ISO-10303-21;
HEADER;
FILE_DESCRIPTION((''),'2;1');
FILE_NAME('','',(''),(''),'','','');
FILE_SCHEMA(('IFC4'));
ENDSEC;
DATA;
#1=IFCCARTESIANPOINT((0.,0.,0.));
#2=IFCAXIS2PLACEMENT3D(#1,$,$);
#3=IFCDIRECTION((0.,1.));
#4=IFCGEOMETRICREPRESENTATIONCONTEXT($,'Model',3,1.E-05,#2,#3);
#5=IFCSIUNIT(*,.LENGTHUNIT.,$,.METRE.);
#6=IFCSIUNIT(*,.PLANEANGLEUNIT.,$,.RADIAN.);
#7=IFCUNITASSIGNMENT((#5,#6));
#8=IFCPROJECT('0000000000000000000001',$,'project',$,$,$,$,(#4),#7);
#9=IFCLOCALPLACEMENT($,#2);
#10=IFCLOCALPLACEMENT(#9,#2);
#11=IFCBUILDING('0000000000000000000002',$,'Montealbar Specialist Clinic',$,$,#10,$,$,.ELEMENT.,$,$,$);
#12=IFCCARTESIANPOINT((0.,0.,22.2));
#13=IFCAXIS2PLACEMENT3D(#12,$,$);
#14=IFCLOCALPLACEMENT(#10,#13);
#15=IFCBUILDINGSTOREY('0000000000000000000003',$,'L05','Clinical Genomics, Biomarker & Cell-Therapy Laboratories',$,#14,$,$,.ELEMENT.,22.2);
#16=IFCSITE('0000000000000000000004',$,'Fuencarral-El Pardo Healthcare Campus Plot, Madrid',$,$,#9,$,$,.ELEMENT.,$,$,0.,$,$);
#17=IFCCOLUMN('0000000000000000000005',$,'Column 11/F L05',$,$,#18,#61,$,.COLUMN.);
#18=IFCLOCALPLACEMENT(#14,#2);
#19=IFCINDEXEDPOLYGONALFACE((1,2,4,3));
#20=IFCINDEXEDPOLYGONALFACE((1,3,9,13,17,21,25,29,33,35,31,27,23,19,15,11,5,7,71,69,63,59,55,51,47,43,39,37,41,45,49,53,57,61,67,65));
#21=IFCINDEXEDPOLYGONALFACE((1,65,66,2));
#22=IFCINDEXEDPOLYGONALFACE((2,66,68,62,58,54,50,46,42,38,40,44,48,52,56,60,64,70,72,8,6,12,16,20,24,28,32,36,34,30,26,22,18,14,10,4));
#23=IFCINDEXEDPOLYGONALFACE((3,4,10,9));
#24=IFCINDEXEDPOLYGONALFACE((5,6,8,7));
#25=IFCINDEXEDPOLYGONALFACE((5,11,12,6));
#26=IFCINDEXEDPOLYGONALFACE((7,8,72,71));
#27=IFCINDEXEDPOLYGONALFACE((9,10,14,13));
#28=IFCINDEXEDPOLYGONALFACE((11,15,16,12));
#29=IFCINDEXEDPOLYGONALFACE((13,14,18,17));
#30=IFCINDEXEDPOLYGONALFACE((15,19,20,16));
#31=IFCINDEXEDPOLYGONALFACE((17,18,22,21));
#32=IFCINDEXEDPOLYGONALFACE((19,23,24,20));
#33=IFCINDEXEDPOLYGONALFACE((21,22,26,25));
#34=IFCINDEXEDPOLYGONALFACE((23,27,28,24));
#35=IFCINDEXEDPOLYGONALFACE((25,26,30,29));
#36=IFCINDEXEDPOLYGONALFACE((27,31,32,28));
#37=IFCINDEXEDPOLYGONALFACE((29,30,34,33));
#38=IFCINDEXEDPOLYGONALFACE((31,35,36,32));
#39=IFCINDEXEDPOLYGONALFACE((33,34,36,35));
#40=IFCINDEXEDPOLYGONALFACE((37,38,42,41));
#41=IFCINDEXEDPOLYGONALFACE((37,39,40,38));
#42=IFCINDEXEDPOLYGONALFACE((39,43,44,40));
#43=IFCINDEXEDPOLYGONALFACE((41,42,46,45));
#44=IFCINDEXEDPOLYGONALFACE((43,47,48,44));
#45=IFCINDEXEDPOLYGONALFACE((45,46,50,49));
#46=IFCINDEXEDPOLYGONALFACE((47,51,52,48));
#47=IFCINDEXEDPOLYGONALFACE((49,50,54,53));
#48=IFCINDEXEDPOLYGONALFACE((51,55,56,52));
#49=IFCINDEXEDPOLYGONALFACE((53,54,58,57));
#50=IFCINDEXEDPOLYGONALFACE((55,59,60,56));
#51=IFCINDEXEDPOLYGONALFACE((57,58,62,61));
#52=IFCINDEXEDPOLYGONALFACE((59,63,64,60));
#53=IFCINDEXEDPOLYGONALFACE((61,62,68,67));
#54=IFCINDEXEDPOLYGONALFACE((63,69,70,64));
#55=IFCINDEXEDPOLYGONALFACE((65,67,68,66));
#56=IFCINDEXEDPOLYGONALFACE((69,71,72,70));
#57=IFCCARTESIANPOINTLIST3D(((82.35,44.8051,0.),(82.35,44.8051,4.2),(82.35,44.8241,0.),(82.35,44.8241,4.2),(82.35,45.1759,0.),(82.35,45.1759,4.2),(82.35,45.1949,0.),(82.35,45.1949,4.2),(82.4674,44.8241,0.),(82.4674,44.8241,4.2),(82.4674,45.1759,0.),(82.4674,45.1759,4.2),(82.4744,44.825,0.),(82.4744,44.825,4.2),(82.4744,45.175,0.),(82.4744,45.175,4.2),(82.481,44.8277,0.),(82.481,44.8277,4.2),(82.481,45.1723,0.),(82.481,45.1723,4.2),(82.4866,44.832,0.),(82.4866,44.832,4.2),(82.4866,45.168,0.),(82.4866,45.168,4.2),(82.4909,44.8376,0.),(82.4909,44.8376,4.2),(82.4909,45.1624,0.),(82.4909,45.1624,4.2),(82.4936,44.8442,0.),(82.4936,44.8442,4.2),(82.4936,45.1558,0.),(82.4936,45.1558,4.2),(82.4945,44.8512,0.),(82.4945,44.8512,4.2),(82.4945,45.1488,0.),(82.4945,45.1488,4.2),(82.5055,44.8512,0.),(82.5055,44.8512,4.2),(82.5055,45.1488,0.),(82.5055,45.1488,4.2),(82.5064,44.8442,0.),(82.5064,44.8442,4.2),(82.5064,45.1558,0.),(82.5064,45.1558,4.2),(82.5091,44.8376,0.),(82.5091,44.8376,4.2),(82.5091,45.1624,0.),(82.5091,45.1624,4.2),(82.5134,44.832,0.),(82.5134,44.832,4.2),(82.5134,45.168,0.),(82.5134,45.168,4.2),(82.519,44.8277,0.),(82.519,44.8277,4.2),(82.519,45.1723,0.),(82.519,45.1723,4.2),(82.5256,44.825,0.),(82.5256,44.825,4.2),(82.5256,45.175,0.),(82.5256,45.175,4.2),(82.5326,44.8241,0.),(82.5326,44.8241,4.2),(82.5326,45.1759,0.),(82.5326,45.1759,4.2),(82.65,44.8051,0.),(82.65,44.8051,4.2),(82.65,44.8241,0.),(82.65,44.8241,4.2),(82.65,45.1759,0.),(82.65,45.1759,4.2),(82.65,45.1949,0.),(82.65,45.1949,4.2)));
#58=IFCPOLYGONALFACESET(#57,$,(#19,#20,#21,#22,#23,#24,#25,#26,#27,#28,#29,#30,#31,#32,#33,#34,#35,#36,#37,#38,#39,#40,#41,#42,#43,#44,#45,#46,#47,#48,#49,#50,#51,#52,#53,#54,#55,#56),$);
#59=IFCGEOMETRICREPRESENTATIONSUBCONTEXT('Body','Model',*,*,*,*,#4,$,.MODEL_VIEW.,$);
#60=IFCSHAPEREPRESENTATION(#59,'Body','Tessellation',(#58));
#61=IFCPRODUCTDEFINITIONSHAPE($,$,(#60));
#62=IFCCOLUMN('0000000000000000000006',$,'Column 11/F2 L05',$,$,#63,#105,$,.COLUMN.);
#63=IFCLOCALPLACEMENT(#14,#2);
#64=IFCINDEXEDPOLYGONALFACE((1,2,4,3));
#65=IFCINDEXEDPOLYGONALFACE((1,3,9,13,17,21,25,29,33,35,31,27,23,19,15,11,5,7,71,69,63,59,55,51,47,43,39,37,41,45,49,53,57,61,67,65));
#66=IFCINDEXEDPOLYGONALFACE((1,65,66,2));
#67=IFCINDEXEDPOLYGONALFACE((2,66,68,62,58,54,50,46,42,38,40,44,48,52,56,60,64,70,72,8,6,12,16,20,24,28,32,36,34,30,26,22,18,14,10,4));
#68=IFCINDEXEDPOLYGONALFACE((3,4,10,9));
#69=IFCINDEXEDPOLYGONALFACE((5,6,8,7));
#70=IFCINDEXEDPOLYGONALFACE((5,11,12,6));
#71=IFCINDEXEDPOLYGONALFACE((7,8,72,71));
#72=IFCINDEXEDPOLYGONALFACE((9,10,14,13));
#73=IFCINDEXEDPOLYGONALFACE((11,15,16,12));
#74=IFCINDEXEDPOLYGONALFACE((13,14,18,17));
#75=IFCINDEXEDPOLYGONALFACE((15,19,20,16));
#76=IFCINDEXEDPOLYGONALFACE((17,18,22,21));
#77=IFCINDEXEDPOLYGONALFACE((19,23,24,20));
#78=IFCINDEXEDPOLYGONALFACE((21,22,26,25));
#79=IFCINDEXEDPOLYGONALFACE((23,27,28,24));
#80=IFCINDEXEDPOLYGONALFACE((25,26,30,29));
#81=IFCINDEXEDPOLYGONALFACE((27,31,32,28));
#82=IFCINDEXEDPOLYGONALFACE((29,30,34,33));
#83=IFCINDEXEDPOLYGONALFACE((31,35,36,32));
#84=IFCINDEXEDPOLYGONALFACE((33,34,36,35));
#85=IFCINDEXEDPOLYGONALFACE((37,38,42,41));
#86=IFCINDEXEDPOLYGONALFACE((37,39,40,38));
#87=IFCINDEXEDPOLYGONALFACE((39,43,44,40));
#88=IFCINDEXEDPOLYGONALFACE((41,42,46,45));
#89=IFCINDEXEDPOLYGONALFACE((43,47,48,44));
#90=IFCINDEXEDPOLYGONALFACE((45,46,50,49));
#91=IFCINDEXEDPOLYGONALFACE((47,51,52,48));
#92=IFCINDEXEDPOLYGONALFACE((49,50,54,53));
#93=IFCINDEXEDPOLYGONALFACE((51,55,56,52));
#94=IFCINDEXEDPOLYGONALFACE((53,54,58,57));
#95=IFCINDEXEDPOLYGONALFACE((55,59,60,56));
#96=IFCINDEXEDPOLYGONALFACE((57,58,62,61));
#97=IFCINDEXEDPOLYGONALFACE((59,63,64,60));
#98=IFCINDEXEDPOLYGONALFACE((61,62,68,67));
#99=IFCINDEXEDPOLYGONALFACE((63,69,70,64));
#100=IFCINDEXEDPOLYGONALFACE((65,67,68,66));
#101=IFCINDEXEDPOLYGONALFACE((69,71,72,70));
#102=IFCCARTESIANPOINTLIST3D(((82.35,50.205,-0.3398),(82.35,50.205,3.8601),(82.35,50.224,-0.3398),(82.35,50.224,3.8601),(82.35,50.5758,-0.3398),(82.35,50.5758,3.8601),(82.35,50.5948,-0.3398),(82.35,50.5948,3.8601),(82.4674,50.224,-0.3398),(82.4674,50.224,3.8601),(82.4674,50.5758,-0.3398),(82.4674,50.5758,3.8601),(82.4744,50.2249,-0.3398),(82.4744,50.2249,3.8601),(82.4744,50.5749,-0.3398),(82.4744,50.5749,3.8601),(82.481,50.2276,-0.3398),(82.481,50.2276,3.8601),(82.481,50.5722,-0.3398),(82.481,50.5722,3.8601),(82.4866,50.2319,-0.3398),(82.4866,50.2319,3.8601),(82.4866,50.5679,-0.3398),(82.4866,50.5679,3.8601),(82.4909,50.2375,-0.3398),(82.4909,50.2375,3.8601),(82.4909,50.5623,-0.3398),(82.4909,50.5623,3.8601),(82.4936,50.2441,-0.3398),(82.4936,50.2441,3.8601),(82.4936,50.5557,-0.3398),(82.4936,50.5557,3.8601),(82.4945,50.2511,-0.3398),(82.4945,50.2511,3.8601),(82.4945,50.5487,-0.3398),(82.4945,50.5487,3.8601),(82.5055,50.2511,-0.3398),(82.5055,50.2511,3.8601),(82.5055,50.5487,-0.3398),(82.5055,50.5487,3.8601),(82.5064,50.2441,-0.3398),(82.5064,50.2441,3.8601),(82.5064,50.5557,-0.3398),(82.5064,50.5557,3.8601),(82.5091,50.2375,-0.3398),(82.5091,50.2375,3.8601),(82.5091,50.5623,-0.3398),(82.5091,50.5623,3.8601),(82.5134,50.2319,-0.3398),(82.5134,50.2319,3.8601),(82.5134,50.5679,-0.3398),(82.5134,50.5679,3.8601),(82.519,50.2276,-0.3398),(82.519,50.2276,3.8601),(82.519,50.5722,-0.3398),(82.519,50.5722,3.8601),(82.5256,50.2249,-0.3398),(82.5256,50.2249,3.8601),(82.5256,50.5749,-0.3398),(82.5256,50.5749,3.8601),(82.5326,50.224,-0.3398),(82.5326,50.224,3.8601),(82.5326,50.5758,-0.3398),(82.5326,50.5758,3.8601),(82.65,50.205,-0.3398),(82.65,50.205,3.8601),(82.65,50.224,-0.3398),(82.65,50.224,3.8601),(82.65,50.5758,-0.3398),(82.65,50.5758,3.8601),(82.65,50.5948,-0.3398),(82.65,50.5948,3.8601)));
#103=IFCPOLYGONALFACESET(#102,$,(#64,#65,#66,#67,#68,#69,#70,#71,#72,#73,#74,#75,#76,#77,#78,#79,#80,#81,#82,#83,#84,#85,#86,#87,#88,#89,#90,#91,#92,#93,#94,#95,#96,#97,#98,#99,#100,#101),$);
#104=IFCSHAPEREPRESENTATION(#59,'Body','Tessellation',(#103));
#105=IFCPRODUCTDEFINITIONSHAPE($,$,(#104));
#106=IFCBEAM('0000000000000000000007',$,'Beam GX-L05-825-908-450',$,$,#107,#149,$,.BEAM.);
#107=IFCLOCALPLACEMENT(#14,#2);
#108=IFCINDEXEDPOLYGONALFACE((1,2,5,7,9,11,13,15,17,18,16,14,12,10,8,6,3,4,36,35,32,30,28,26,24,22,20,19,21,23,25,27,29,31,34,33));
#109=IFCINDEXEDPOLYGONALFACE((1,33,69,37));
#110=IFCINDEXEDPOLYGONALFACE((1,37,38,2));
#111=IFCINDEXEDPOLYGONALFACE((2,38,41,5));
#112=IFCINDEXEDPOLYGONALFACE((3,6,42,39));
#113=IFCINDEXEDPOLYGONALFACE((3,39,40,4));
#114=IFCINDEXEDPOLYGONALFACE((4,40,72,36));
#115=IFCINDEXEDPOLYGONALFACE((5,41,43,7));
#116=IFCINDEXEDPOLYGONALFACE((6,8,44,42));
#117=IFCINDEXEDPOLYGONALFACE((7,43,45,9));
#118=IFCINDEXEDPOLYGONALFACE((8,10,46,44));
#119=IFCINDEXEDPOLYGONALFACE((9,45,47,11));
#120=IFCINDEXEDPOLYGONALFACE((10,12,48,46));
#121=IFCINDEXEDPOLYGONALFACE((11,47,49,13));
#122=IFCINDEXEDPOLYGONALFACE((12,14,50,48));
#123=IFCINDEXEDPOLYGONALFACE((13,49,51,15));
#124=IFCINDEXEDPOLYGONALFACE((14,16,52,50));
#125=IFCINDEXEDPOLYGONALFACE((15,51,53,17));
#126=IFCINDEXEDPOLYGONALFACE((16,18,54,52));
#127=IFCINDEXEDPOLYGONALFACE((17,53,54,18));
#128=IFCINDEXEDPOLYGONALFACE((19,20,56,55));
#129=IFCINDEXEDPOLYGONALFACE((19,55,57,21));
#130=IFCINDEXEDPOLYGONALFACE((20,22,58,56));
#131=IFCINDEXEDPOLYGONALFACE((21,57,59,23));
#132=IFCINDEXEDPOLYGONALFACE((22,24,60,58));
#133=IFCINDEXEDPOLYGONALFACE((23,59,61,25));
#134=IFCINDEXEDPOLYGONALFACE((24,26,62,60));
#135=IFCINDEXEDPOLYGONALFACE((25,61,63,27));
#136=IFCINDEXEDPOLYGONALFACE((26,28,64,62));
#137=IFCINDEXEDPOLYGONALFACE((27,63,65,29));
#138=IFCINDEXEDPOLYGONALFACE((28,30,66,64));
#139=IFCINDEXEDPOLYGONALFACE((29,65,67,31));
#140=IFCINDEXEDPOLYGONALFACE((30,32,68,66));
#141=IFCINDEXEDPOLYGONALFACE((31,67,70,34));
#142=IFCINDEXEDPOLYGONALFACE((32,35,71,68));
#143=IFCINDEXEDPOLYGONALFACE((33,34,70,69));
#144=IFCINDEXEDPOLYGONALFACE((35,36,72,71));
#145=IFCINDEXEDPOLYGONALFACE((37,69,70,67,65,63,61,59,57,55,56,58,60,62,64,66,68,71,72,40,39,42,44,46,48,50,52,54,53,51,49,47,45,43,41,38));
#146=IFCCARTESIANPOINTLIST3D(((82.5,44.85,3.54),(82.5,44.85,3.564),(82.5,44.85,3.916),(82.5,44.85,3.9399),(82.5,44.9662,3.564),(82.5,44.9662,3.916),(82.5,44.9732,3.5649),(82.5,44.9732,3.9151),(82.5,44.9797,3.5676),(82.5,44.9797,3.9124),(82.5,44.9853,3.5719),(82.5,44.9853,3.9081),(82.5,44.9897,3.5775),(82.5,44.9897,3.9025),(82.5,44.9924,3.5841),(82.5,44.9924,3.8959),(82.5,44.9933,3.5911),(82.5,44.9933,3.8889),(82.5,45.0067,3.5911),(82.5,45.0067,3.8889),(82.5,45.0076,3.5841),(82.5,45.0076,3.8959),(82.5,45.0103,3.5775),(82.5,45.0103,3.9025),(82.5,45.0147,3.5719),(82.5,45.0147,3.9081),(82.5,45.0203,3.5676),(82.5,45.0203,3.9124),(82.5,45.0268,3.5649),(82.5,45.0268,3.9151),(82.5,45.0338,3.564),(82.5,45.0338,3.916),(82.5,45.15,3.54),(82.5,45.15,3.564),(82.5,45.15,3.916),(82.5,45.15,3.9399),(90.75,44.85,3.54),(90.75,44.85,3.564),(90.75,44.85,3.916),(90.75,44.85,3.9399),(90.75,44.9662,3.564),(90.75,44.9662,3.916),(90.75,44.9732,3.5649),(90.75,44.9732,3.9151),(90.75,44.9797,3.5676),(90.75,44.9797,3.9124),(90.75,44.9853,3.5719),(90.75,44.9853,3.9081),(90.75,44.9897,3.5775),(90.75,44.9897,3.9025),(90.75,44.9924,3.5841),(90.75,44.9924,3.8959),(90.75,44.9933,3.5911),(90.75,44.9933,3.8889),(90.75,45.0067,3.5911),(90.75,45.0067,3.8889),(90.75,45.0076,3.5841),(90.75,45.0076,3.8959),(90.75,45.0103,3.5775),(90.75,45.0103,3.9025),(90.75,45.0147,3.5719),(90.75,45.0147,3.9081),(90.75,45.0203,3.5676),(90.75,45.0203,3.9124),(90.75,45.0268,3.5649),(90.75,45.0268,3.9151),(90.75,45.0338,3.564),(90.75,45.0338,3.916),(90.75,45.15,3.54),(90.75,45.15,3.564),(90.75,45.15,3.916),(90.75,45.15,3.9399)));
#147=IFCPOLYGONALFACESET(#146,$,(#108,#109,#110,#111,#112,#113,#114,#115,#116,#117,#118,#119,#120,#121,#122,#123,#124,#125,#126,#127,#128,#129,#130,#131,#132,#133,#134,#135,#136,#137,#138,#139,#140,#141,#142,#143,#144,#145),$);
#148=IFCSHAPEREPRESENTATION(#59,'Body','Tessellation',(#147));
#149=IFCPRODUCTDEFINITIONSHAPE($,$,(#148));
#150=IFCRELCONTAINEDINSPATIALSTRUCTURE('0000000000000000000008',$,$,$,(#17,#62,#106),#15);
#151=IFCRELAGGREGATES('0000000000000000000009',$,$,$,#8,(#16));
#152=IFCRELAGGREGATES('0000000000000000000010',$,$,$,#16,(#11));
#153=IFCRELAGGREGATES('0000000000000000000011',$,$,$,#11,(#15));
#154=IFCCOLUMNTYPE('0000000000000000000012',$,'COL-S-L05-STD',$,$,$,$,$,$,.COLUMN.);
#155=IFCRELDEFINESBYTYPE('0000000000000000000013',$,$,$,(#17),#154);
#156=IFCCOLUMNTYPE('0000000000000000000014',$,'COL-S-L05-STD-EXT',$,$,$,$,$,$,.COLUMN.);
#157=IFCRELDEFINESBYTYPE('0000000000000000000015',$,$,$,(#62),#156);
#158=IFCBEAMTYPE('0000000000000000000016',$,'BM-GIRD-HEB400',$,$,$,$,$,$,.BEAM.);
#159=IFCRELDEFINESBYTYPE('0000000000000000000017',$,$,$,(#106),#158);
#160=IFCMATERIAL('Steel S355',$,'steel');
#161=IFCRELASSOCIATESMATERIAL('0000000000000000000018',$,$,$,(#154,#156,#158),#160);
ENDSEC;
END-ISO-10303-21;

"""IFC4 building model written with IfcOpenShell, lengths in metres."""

from ifc_helpers import new_model, si_unit, direction, frame, origin, origin_2d, place, context, subcontext, project, spatial, i_section, extrude, material, material_profile, profile_set, type_object, element, save


model = new_model("IFC4")

# Units and contexts
model_context = context("Model", 3, precision=1e-05, world=origin(), true_north=direction((0.0, 1.0)))
body_context = subcontext(model_context, "Body", "Model", "MODEL_VIEW")
ifc_project = project(units=[si_unit("LENGTHUNIT", "METRE"), si_unit("PLANEANGLEUNIT", "RADIAN")], contexts=[model_context])

# Site, building, storey
site_placement = place(None, origin())
site = spatial("IfcSite", under=ifc_project, at=site_placement, Name="Fuencarral-El Pardo Healthcare Campus Plot, Madrid", CompositionType="ELEMENT", RefElevation=0.0)
building_placement = place(site_placement, origin())
building = spatial("IfcBuilding", under=site, at=building_placement, Name="Montealbar Specialist Clinic", CompositionType="ELEMENT")
storey_placement = place(building_placement, frame((0.0, 0.0, 22.2)))
storey = spatial("IfcBuildingStorey", under=building, at=storey_placement, Name="L05", Description="Clinical Genomics, Biomarker & Cell-Therapy Laboratories", CompositionType="ELEMENT", Elevation=22.2)

# Columns
ifc_material_1 = material(Name="Steel S355", Category="steel")
ifc_material_profile_1 = material_profile(ifc_material_1, i_section(OverallWidth=0.3, OverallDepth=0.3899, WebThickness=0.011, FlangeThickness=0.019, FilletRadius=0.0271, at=origin_2d()), Name="HEA 400", Category="steel")
ifc_profile_set_1 = profile_set([ifc_material_profile_1], Name="Steel S355")
column_type_1 = type_object("IfcColumnType", Name="COL-S-L05-STD", PredefinedType="COLUMN", material=ifc_profile_set_1)
column_1_placement = place(storey_placement, frame((82.5, 45.0, 0.0), z_axis=(0.0, 0.0, 1.0), x_axis=(1.0, 0.0, 0.0)))
element("IfcColumn", 1, at=column_1_placement, inside=storey, type_object=column_type_1, Name="Column 11/F L05", PredefinedType="COLUMN", context=body_context, shape_type="SweptSolid", body=[
    extrude(i_section(OverallWidth=0.3, OverallDepth=0.3899, WebThickness=0.011, FlangeThickness=0.019, FilletRadius=0.0271, at=origin_2d()), origin(), (0.0, 0.0, 1.0), 4.2),
])
ifc_material_profile_2 = material_profile(ifc_material_1, i_section(OverallWidth=0.3, OverallDepth=0.3899, WebThickness=0.011, FlangeThickness=0.019, FilletRadius=0.0271, at=origin_2d()), Name="HEA 400", Category="steel")
ifc_profile_set_2 = profile_set([ifc_material_profile_2], Name="Steel S355")
column_type_2 = type_object("IfcColumnType", Name="COL-S-L05-STD-EXT", PredefinedType="COLUMN", material=ifc_profile_set_2)
column_2_placement = place(storey_placement, frame((82.5, 50.3999, -0.3398), z_axis=(0.0, 0.0, 1.0), x_axis=(1.0, 0.0, 0.0)))
element("IfcColumn", 2, at=column_2_placement, inside=storey, type_object=column_type_2, Name="Column 11/F2 L05", PredefinedType="COLUMN", context=body_context, shape_type="SweptSolid", body=[
    extrude(i_section(OverallWidth=0.3, OverallDepth=0.3899, WebThickness=0.011, FlangeThickness=0.019, FilletRadius=0.0271, at=origin_2d()), origin(), (0.0, 0.0, 1.0), 4.2),
])

# Beam
ifc_material_profile_3 = material_profile(ifc_material_1, i_section(OverallWidth=0.3, OverallDepth=0.3999, WebThickness=0.0134, FlangeThickness=0.0239, FilletRadius=0.0271, at=origin_2d()), Name="HEB 400", Category="steel")
ifc_profile_set_3 = profile_set([ifc_material_profile_3], Name="Steel S355")
beam_type_1 = type_object("IfcBeamType", Name="BM-GIRD-HEB400", PredefinedType="BEAM", material=ifc_profile_set_3)
beam_1_placement = place(storey_placement, frame((82.5, 45.0, 3.74), z_axis=(1.0, 0.0, 0.0), x_axis=(0.0, 1.0, 0.0)))
element("IfcBeam", 3, at=beam_1_placement, inside=storey, type_object=beam_type_1, Name="Beam GX-L05-825-908-450", PredefinedType="BEAM", context=body_context, shape_type="SweptSolid", body=[
    extrude(i_section(OverallWidth=0.3, OverallDepth=0.3999, WebThickness=0.0134, FlangeThickness=0.0239, FilletRadius=0.0271, at=origin_2d()), origin(), (0.0, 0.0, 1.0), 8.25),
])

save(model, "model.ifc")
